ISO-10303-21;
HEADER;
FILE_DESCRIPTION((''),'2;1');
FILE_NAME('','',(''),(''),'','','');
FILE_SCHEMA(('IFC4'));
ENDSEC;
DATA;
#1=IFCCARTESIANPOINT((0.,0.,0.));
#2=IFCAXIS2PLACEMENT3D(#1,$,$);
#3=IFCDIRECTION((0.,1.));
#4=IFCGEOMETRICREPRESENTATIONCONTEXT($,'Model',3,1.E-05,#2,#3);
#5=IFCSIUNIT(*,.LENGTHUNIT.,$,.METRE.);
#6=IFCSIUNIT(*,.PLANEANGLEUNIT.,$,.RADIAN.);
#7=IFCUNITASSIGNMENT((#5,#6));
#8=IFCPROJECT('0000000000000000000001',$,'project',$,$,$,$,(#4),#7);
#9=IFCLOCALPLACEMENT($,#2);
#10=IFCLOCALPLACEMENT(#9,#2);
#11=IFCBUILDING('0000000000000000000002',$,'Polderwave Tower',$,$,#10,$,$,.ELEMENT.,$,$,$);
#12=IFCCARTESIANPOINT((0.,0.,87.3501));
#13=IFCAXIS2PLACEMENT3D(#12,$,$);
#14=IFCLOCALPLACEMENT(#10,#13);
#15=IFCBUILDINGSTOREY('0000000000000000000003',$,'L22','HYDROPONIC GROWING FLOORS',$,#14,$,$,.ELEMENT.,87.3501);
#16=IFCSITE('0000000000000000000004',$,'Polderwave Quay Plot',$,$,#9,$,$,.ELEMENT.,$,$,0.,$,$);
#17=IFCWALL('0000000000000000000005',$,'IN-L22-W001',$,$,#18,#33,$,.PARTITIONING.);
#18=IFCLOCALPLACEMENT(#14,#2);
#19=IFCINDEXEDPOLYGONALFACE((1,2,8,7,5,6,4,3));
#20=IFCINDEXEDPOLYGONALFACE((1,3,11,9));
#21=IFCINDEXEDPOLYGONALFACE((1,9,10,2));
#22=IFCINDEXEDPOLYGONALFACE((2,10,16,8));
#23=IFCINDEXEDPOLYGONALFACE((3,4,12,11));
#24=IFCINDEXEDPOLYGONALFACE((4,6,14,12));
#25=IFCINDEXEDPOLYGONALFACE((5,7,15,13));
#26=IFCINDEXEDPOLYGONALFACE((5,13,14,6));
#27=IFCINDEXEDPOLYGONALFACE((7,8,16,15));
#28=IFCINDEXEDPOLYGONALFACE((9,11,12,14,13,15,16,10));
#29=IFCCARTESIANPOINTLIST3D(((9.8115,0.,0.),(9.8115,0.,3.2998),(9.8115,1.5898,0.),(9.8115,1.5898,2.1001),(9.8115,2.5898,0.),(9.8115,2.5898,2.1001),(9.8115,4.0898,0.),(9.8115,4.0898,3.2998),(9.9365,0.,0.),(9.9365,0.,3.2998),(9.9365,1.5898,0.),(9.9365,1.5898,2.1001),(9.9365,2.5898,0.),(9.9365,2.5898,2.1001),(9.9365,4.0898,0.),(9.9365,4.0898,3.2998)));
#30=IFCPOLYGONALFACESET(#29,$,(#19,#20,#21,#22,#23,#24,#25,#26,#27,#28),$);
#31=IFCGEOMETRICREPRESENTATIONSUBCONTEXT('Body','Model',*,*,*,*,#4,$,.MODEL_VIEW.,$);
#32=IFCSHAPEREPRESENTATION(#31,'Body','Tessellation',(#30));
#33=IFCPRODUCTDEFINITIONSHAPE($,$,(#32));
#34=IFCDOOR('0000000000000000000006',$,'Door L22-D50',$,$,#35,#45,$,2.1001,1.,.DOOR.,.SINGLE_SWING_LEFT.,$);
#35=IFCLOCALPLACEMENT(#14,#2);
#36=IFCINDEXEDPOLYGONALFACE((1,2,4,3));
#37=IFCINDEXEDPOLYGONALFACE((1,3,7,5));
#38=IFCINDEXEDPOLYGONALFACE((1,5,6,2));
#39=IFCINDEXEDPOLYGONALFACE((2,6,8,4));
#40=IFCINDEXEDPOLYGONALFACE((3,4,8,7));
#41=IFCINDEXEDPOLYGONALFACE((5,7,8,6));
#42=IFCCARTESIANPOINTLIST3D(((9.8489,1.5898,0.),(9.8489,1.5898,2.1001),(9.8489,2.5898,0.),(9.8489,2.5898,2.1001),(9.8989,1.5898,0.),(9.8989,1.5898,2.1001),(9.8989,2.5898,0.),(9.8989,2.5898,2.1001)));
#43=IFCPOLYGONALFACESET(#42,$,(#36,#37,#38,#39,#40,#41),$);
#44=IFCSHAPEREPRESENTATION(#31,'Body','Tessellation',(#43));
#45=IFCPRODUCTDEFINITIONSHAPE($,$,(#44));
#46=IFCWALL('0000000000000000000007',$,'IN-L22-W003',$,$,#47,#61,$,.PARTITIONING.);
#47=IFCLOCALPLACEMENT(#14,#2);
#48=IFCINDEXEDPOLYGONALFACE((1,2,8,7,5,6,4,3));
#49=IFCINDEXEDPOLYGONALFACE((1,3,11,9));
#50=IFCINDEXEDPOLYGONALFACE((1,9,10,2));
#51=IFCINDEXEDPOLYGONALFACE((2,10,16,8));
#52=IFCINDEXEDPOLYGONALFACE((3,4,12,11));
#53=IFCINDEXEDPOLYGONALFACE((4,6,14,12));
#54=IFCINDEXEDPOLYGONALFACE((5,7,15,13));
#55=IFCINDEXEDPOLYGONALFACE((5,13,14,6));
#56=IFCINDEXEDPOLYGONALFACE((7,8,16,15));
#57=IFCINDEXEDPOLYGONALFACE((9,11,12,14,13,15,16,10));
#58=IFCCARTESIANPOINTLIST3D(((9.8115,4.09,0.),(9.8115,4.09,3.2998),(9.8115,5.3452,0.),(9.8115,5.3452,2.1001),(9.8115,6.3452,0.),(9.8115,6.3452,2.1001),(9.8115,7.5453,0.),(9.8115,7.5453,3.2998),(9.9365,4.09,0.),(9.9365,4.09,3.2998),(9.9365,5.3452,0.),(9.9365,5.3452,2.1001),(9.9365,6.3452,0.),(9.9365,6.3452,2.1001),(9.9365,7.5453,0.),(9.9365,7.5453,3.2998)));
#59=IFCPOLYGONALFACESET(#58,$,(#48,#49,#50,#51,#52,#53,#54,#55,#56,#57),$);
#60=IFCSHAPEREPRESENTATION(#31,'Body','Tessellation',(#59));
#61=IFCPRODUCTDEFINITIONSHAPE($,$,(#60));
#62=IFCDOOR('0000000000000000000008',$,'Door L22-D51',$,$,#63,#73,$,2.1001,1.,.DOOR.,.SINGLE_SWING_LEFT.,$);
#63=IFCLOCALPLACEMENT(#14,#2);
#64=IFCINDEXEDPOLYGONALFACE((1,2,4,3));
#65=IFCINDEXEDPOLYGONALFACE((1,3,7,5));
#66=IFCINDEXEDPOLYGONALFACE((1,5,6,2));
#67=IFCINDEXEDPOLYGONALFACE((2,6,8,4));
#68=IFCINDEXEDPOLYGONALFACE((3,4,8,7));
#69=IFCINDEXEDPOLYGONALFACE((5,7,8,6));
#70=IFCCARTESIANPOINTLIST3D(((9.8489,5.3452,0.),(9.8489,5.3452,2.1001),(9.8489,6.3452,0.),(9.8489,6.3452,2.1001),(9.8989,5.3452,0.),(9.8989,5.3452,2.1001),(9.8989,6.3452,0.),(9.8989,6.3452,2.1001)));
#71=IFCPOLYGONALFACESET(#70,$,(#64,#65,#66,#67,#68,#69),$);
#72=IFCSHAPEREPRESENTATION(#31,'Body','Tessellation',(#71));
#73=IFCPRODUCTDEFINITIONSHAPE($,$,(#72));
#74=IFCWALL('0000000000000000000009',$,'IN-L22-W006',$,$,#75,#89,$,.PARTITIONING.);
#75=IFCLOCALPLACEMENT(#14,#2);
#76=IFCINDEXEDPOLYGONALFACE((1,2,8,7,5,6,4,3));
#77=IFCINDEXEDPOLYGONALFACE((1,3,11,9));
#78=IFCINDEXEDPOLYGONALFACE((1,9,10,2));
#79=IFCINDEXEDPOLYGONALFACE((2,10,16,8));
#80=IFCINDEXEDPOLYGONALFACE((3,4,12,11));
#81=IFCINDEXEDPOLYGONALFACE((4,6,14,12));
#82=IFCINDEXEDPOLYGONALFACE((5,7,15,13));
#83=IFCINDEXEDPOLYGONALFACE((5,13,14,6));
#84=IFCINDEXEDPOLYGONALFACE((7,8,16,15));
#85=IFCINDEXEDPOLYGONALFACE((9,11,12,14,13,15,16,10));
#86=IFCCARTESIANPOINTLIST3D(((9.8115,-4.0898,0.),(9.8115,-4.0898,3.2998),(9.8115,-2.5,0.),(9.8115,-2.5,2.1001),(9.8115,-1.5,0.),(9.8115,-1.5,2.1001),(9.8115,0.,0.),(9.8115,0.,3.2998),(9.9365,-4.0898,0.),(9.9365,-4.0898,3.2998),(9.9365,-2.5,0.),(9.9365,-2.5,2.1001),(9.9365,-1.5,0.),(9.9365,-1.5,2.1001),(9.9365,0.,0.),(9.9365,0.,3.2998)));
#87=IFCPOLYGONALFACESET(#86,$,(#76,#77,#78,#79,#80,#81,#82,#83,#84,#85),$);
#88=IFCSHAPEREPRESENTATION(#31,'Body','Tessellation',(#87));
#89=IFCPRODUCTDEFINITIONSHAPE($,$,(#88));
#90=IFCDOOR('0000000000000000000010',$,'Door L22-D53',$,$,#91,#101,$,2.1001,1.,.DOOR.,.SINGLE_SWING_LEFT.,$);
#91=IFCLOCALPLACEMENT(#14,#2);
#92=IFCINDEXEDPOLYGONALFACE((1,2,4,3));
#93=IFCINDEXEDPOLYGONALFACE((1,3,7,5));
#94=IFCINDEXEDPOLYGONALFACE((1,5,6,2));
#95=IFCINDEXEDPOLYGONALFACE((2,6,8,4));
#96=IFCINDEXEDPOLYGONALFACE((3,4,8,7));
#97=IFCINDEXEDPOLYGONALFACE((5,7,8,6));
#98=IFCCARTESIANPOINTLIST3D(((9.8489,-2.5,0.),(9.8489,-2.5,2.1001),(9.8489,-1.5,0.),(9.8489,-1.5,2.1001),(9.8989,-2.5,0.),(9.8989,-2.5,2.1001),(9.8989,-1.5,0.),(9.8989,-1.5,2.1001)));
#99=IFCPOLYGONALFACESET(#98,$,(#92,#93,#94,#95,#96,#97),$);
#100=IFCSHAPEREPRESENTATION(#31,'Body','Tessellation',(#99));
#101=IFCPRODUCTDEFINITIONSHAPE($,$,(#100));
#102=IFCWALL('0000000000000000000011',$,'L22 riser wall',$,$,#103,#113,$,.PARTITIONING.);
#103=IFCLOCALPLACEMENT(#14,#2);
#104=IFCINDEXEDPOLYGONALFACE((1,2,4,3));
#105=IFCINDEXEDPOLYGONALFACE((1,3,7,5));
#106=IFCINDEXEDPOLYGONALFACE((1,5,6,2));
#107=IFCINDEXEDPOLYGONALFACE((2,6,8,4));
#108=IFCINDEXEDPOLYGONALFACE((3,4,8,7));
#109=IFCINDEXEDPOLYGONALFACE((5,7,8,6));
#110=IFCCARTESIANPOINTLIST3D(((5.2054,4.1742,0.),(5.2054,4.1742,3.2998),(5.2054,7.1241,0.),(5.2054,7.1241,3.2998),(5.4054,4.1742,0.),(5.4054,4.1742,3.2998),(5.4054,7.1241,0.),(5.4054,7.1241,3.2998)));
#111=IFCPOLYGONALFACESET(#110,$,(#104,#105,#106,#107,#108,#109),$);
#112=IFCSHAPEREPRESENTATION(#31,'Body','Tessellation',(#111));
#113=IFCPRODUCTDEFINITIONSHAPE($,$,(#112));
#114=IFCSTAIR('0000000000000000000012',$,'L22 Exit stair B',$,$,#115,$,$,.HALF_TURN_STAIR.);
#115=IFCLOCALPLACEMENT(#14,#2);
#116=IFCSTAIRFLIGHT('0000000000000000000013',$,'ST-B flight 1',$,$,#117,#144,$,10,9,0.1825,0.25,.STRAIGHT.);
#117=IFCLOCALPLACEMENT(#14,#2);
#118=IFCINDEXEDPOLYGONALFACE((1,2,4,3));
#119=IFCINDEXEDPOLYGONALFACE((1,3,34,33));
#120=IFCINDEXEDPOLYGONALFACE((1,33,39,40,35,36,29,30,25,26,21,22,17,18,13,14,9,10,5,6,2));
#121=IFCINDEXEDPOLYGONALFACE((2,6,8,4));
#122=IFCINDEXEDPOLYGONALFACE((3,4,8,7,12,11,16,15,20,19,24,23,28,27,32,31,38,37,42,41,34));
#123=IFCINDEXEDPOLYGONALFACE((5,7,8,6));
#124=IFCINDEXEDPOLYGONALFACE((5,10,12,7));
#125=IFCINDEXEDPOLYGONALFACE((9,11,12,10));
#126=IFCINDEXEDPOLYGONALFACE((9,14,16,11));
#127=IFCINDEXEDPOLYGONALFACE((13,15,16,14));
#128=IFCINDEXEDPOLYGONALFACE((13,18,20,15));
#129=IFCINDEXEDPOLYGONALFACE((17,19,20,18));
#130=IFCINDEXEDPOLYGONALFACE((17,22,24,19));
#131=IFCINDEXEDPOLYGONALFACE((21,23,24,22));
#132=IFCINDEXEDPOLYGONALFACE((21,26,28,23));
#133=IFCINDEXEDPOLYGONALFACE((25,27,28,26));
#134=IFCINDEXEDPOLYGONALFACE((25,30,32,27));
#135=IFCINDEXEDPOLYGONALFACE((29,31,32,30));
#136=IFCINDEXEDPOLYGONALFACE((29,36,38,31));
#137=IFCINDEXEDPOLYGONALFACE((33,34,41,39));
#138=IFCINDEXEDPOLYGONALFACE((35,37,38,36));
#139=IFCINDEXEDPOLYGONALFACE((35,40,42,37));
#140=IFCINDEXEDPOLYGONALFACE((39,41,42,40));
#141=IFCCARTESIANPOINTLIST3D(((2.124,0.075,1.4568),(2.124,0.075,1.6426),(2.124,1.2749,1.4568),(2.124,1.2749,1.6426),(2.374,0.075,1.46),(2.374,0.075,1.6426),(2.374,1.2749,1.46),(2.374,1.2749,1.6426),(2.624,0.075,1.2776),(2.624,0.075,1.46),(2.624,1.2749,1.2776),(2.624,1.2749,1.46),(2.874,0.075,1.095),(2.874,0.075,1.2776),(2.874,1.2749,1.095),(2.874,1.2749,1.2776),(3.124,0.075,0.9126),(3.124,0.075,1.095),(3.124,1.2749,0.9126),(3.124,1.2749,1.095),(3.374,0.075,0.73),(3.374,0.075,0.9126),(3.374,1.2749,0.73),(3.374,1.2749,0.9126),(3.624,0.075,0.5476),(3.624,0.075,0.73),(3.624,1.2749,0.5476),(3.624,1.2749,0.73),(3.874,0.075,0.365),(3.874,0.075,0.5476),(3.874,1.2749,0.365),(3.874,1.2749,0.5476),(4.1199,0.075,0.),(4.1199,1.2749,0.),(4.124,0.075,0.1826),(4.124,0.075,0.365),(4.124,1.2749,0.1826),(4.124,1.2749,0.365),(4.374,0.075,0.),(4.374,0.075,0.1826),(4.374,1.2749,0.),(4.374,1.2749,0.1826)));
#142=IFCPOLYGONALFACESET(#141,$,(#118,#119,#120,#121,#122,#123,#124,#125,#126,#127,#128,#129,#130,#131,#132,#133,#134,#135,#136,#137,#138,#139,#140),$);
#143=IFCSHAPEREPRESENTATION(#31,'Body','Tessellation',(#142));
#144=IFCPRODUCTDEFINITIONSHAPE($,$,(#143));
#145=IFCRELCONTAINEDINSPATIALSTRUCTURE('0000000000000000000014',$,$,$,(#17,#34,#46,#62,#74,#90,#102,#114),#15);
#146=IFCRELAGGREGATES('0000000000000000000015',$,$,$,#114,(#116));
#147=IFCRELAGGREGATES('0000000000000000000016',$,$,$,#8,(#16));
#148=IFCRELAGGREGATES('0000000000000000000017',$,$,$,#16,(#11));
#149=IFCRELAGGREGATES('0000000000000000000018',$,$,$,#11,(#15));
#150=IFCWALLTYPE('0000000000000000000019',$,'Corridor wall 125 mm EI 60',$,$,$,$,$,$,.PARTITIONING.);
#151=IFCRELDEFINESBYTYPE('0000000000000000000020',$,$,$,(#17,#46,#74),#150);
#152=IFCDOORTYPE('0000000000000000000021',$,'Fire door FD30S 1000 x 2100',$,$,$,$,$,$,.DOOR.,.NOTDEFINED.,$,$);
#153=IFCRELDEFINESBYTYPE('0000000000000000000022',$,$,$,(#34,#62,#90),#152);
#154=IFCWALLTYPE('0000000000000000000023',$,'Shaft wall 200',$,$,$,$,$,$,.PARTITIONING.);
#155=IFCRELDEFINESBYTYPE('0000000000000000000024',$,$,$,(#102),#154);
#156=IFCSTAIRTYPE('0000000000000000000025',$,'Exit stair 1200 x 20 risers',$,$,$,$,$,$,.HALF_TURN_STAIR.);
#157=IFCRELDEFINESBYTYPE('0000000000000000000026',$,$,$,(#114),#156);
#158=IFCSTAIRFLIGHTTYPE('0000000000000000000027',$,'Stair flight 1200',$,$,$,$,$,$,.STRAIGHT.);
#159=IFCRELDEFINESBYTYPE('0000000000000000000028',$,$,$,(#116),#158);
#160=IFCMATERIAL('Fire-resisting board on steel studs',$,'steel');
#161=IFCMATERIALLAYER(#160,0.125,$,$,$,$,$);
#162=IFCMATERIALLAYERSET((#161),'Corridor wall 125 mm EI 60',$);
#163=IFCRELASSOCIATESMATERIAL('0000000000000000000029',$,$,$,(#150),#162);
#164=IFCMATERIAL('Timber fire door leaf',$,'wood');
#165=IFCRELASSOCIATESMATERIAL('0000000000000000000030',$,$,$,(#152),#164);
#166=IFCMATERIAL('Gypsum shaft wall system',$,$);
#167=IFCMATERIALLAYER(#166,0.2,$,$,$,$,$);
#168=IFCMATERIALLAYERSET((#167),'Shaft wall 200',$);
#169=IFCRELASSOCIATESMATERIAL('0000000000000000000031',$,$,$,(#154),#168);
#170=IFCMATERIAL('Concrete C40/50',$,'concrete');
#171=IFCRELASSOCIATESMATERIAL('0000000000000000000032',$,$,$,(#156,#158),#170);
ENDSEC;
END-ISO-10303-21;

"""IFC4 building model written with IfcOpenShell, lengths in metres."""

from ifc_helpers import new_model, si_unit, direction, frame, frame_2d, origin, place, context, subcontext, project, spatial, polyline, rectangle, outline, extrude, material, layer, layer_set, type_object, element, fill, aggregate, save


model = new_model("IFC4")

# Units and contexts
model_context = context("Model", 3, precision=1e-05, world=origin(), true_north=direction((0.0, 1.0)))
body_context = subcontext(model_context, "Body", "Model", "MODEL_VIEW")
ifc_project = project(units=[si_unit("LENGTHUNIT", "METRE"), si_unit("PLANEANGLEUNIT", "RADIAN")], contexts=[model_context])

# Site, building, storey
site_placement = place(None, origin())
site = spatial("IfcSite", under=ifc_project, at=site_placement, Name="Polderwave Quay Plot", CompositionType="ELEMENT", RefElevation=0.0)
building_placement = place(site_placement, origin())
building = spatial("IfcBuilding", under=site, at=building_placement, Name="Polderwave Tower", CompositionType="ELEMENT")
storey_placement = place(building_placement, frame((0.0, 0.0, 87.3501)))
storey = spatial("IfcBuildingStorey", under=building, at=storey_placement, Name="L22", Description="HYDROPONIC GROWING FLOORS", CompositionType="ELEMENT", Elevation=87.3501)

# Walls, openings, doors
ifc_material_1 = material(Name="Fire-resisting board on steel studs", Category="steel")
ifc_layer_1 = layer(ifc_material_1, 0.125)
ifc_layer_set_1 = layer_set([ifc_layer_1], Name="Corridor wall 125 mm EI 60")
wall_type_1 = type_object("IfcWallType", Name="Corridor wall 125 mm EI 60", PredefinedType="PARTITIONING", material=ifc_layer_set_1)
wall_1_placement = place(storey_placement, frame((9.874, 4.0898, 0.0), z_axis=(0.0, 0.0, 1.0), x_axis=(0.0, -1.0, 0.0)))
wall_1 = element("IfcWall", 1, at=wall_1_placement, inside=storey, type_object=wall_type_1, Name="IN-L22-W001", PredefinedType="PARTITIONING", context=body_context, shape_type="SweptSolid", body=[
    extrude(rectangle(XDim=4.0898, YDim=0.125, at=frame_2d((2.0449, 0.0))), origin(), (0.0, 0.0, 1.0), 3.2998),
])
opening_1_placement = place(wall_1_placement, frame((1.5, 0.0, 0.0)))
opening_1 = element("IfcOpeningElement", 2, at=opening_1_placement, cuts=wall_1, PredefinedType="OPENING", context=body_context, shape_type="SweptSolid", body=[
    extrude(rectangle(XDim=1.0, YDim=2.1001, at=frame_2d((0.5, 1.05))), frame((0.0, 0.0725, 0.0), z_axis=(0.0, -1.0, 0.0), x_axis=(1.0, 0.0, 0.0)), (0.0, 0.0, 1.0), 0.145),
])
ifc_material_2 = material(Name="Timber fire door leaf", Category="wood")
door_type_1 = type_object("IfcDoorType", Name="Fire door FD30S 1000 x 2100", OperationType="NOTDEFINED", PredefinedType="DOOR", material=ifc_material_2)
door_1_placement = place(opening_1_placement, origin())
door_1 = element("IfcDoor", 3, at=door_1_placement, inside=storey, type_object=door_type_1, Name="Door L22-D50", OperationType="SINGLE_SWING_LEFT", OverallHeight=2.1001, OverallWidth=1.0, PredefinedType="DOOR", context=body_context, shape_type="SweptSolid", body=[
    extrude(rectangle(XDim=1.0, YDim=2.1001, at=frame_2d((0.5, 1.05))), frame((0.0, 0.0249, 0.0), z_axis=(0.0, -1.0, 0.0), x_axis=(1.0, 0.0, 0.0)), (0.0, 0.0, 1.0), 0.05),
])
fill(opening_1, door_1)
wall_2_placement = place(storey_placement, frame((9.874, 7.5452, 0.0), z_axis=(0.0, 0.0, 1.0), x_axis=(0.0, -1.0, 0.0)))
wall_2 = element("IfcWall", 4, at=wall_2_placement, inside=storey, type_object=wall_type_1, Name="IN-L22-W003", PredefinedType="PARTITIONING", context=body_context, shape_type="SweptSolid", body=[
    extrude(rectangle(XDim=3.4553, YDim=0.125, at=frame_2d((1.7275, 0.0))), origin(), (0.0, 0.0, 1.0), 3.2998),
])
opening_2_placement = place(wall_2_placement, frame((1.2, 0.0, 0.0)))
opening_2 = element("IfcOpeningElement", 5, at=opening_2_placement, cuts=wall_2, PredefinedType="OPENING", context=body_context, shape_type="SweptSolid", body=[
    extrude(rectangle(XDim=1.0, YDim=2.1001, at=frame_2d((0.5, 1.05))), frame((0.0, 0.0725, 0.0), z_axis=(0.0, -1.0, 0.0), x_axis=(1.0, 0.0, 0.0)), (0.0, 0.0, 1.0), 0.145),
])
door_2_placement = place(opening_2_placement, origin())
door_2 = element("IfcDoor", 6, at=door_2_placement, inside=storey, type_object=door_type_1, Name="Door L22-D51", OperationType="SINGLE_SWING_LEFT", OverallHeight=2.1001, OverallWidth=1.0, PredefinedType="DOOR", context=body_context, shape_type="SweptSolid", body=[
    extrude(rectangle(XDim=1.0, YDim=2.1001, at=frame_2d((0.5, 1.05))), frame((0.0, 0.0249, 0.0), z_axis=(0.0, -1.0, 0.0), x_axis=(1.0, 0.0, 0.0)), (0.0, 0.0, 1.0), 0.05),
])
fill(opening_2, door_2)
wall_3_placement = place(storey_placement, frame((9.874, 0.0, 0.0), z_axis=(0.0, 0.0, 1.0), x_axis=(0.0, -1.0, 0.0)))
wall_3 = element("IfcWall", 7, at=wall_3_placement, inside=storey, type_object=wall_type_1, Name="IN-L22-W006", PredefinedType="PARTITIONING", context=body_context, shape_type="SweptSolid", body=[
    extrude(rectangle(XDim=4.0898, YDim=0.125, at=frame_2d((2.0449, 0.0))), origin(), (0.0, 0.0, 1.0), 3.2998),
])
opening_3_placement = place(wall_3_placement, frame((1.5, 0.0, 0.0)))
opening_3 = element("IfcOpeningElement", 8, at=opening_3_placement, cuts=wall_3, PredefinedType="OPENING", context=body_context, shape_type="SweptSolid", body=[
    extrude(rectangle(XDim=1.0, YDim=2.1001, at=frame_2d((0.5, 1.05))), frame((0.0, 0.0725, 0.0), z_axis=(0.0, -1.0, 0.0), x_axis=(1.0, 0.0, 0.0)), (0.0, 0.0, 1.0), 0.145),
])
door_3_placement = place(opening_3_placement, origin())
door_3 = element("IfcDoor", 9, at=door_3_placement, inside=storey, type_object=door_type_1, Name="Door L22-D53", OperationType="SINGLE_SWING_LEFT", OverallHeight=2.1001, OverallWidth=1.0, PredefinedType="DOOR", context=body_context, shape_type="SweptSolid", body=[
    extrude(rectangle(XDim=1.0, YDim=2.1001, at=frame_2d((0.5, 1.05))), frame((0.0, 0.0249, 0.0), z_axis=(0.0, -1.0, 0.0), x_axis=(1.0, 0.0, 0.0)), (0.0, 0.0, 1.0), 0.05),
])
fill(opening_3, door_3)

# Wall
ifc_material_3 = material(Name="Gypsum shaft wall system")
ifc_layer_2 = layer(ifc_material_3, 0.2)
ifc_layer_set_2 = layer_set([ifc_layer_2], Name="Shaft wall 200")
wall_type_2 = type_object("IfcWallType", Name="Shaft wall 200", PredefinedType="PARTITIONING", material=ifc_layer_set_2)
wall_4_placement = place(storey_placement, frame((5.3054, 4.1741, 0.0), z_axis=(0.0, 0.0, 1.0), x_axis=(0.0, 1.0, 0.0)))
element("IfcWall", 10, at=wall_4_placement, inside=storey, type_object=wall_type_2, Name="L22 riser wall", PredefinedType="PARTITIONING", context=body_context, shape_type="SweptSolid", body=[
    extrude(rectangle(XDim=2.95, YDim=0.2, at=frame_2d((1.4751, 0.0))), origin(), (0.0, 0.0, 1.0), 3.2998),
])

# Stair, stair flight
ifc_material_4 = material(Name="Concrete C40/50", Category="concrete")
stair_type = type_object("IfcStairType", Name="Exit stair 1200 x 20 risers", PredefinedType="HALF_TURN_STAIR", material=ifc_material_4)
stair_placement = place(storey_placement, origin())
stair = element("IfcStair", 11, at=stair_placement, inside=storey, type_object=stair_type, Name="L22 Exit stair B", PredefinedType="HALF_TURN_STAIR")
stair_flight_type = type_object("IfcStairFlightType", Name="Stair flight 1200", PredefinedType="STRAIGHT", material=ifc_material_4)
stair_flight_placement = place(storey_placement, frame((4.374, 0.675, 0.0), z_axis=(0.0, 0.0, 1.0), x_axis=(-1.0, 0.0, 0.0)))
stair_flight = element("IfcStairFlight", 12, at=stair_flight_placement, type_object=stair_flight_type, Name="ST-B flight 1", NumberOfRisers=10, NumberOfTreads=9, PredefinedType="STRAIGHT", RiserHeight=0.1825, TreadLength=0.25, context=body_context, shape_type="SweptSolid", body=[
    extrude(outline(polyline([(0.0, 0.0), (0.0, 0.1826), (0.25, 0.1826), (0.25, 0.365), (0.5, 0.365), (0.5, 0.5476), (0.75, 0.5476), (0.75, 0.73), (1.0, 0.73), (1.0, 0.9126), (1.25, 0.9126), (1.25, 1.095), (1.5, 1.095), (1.5, 1.2776), (1.75, 1.2776), (1.75, 1.46), (2.0, 1.46), (2.0, 1.6426), (2.25, 1.6426), (2.25, 1.825), (2.25, 1.4568), (0.2542, 0.0), (0.0, 0.0)])), frame((0.0, 0.6001, 0.0), z_axis=(0.0, -1.0, 0.0), x_axis=(1.0, 0.0, 0.0)), (0.0, 0.0, 1.0), 1.2),
])
aggregate(stair, [stair_flight])

save(model, "model.ifc")
